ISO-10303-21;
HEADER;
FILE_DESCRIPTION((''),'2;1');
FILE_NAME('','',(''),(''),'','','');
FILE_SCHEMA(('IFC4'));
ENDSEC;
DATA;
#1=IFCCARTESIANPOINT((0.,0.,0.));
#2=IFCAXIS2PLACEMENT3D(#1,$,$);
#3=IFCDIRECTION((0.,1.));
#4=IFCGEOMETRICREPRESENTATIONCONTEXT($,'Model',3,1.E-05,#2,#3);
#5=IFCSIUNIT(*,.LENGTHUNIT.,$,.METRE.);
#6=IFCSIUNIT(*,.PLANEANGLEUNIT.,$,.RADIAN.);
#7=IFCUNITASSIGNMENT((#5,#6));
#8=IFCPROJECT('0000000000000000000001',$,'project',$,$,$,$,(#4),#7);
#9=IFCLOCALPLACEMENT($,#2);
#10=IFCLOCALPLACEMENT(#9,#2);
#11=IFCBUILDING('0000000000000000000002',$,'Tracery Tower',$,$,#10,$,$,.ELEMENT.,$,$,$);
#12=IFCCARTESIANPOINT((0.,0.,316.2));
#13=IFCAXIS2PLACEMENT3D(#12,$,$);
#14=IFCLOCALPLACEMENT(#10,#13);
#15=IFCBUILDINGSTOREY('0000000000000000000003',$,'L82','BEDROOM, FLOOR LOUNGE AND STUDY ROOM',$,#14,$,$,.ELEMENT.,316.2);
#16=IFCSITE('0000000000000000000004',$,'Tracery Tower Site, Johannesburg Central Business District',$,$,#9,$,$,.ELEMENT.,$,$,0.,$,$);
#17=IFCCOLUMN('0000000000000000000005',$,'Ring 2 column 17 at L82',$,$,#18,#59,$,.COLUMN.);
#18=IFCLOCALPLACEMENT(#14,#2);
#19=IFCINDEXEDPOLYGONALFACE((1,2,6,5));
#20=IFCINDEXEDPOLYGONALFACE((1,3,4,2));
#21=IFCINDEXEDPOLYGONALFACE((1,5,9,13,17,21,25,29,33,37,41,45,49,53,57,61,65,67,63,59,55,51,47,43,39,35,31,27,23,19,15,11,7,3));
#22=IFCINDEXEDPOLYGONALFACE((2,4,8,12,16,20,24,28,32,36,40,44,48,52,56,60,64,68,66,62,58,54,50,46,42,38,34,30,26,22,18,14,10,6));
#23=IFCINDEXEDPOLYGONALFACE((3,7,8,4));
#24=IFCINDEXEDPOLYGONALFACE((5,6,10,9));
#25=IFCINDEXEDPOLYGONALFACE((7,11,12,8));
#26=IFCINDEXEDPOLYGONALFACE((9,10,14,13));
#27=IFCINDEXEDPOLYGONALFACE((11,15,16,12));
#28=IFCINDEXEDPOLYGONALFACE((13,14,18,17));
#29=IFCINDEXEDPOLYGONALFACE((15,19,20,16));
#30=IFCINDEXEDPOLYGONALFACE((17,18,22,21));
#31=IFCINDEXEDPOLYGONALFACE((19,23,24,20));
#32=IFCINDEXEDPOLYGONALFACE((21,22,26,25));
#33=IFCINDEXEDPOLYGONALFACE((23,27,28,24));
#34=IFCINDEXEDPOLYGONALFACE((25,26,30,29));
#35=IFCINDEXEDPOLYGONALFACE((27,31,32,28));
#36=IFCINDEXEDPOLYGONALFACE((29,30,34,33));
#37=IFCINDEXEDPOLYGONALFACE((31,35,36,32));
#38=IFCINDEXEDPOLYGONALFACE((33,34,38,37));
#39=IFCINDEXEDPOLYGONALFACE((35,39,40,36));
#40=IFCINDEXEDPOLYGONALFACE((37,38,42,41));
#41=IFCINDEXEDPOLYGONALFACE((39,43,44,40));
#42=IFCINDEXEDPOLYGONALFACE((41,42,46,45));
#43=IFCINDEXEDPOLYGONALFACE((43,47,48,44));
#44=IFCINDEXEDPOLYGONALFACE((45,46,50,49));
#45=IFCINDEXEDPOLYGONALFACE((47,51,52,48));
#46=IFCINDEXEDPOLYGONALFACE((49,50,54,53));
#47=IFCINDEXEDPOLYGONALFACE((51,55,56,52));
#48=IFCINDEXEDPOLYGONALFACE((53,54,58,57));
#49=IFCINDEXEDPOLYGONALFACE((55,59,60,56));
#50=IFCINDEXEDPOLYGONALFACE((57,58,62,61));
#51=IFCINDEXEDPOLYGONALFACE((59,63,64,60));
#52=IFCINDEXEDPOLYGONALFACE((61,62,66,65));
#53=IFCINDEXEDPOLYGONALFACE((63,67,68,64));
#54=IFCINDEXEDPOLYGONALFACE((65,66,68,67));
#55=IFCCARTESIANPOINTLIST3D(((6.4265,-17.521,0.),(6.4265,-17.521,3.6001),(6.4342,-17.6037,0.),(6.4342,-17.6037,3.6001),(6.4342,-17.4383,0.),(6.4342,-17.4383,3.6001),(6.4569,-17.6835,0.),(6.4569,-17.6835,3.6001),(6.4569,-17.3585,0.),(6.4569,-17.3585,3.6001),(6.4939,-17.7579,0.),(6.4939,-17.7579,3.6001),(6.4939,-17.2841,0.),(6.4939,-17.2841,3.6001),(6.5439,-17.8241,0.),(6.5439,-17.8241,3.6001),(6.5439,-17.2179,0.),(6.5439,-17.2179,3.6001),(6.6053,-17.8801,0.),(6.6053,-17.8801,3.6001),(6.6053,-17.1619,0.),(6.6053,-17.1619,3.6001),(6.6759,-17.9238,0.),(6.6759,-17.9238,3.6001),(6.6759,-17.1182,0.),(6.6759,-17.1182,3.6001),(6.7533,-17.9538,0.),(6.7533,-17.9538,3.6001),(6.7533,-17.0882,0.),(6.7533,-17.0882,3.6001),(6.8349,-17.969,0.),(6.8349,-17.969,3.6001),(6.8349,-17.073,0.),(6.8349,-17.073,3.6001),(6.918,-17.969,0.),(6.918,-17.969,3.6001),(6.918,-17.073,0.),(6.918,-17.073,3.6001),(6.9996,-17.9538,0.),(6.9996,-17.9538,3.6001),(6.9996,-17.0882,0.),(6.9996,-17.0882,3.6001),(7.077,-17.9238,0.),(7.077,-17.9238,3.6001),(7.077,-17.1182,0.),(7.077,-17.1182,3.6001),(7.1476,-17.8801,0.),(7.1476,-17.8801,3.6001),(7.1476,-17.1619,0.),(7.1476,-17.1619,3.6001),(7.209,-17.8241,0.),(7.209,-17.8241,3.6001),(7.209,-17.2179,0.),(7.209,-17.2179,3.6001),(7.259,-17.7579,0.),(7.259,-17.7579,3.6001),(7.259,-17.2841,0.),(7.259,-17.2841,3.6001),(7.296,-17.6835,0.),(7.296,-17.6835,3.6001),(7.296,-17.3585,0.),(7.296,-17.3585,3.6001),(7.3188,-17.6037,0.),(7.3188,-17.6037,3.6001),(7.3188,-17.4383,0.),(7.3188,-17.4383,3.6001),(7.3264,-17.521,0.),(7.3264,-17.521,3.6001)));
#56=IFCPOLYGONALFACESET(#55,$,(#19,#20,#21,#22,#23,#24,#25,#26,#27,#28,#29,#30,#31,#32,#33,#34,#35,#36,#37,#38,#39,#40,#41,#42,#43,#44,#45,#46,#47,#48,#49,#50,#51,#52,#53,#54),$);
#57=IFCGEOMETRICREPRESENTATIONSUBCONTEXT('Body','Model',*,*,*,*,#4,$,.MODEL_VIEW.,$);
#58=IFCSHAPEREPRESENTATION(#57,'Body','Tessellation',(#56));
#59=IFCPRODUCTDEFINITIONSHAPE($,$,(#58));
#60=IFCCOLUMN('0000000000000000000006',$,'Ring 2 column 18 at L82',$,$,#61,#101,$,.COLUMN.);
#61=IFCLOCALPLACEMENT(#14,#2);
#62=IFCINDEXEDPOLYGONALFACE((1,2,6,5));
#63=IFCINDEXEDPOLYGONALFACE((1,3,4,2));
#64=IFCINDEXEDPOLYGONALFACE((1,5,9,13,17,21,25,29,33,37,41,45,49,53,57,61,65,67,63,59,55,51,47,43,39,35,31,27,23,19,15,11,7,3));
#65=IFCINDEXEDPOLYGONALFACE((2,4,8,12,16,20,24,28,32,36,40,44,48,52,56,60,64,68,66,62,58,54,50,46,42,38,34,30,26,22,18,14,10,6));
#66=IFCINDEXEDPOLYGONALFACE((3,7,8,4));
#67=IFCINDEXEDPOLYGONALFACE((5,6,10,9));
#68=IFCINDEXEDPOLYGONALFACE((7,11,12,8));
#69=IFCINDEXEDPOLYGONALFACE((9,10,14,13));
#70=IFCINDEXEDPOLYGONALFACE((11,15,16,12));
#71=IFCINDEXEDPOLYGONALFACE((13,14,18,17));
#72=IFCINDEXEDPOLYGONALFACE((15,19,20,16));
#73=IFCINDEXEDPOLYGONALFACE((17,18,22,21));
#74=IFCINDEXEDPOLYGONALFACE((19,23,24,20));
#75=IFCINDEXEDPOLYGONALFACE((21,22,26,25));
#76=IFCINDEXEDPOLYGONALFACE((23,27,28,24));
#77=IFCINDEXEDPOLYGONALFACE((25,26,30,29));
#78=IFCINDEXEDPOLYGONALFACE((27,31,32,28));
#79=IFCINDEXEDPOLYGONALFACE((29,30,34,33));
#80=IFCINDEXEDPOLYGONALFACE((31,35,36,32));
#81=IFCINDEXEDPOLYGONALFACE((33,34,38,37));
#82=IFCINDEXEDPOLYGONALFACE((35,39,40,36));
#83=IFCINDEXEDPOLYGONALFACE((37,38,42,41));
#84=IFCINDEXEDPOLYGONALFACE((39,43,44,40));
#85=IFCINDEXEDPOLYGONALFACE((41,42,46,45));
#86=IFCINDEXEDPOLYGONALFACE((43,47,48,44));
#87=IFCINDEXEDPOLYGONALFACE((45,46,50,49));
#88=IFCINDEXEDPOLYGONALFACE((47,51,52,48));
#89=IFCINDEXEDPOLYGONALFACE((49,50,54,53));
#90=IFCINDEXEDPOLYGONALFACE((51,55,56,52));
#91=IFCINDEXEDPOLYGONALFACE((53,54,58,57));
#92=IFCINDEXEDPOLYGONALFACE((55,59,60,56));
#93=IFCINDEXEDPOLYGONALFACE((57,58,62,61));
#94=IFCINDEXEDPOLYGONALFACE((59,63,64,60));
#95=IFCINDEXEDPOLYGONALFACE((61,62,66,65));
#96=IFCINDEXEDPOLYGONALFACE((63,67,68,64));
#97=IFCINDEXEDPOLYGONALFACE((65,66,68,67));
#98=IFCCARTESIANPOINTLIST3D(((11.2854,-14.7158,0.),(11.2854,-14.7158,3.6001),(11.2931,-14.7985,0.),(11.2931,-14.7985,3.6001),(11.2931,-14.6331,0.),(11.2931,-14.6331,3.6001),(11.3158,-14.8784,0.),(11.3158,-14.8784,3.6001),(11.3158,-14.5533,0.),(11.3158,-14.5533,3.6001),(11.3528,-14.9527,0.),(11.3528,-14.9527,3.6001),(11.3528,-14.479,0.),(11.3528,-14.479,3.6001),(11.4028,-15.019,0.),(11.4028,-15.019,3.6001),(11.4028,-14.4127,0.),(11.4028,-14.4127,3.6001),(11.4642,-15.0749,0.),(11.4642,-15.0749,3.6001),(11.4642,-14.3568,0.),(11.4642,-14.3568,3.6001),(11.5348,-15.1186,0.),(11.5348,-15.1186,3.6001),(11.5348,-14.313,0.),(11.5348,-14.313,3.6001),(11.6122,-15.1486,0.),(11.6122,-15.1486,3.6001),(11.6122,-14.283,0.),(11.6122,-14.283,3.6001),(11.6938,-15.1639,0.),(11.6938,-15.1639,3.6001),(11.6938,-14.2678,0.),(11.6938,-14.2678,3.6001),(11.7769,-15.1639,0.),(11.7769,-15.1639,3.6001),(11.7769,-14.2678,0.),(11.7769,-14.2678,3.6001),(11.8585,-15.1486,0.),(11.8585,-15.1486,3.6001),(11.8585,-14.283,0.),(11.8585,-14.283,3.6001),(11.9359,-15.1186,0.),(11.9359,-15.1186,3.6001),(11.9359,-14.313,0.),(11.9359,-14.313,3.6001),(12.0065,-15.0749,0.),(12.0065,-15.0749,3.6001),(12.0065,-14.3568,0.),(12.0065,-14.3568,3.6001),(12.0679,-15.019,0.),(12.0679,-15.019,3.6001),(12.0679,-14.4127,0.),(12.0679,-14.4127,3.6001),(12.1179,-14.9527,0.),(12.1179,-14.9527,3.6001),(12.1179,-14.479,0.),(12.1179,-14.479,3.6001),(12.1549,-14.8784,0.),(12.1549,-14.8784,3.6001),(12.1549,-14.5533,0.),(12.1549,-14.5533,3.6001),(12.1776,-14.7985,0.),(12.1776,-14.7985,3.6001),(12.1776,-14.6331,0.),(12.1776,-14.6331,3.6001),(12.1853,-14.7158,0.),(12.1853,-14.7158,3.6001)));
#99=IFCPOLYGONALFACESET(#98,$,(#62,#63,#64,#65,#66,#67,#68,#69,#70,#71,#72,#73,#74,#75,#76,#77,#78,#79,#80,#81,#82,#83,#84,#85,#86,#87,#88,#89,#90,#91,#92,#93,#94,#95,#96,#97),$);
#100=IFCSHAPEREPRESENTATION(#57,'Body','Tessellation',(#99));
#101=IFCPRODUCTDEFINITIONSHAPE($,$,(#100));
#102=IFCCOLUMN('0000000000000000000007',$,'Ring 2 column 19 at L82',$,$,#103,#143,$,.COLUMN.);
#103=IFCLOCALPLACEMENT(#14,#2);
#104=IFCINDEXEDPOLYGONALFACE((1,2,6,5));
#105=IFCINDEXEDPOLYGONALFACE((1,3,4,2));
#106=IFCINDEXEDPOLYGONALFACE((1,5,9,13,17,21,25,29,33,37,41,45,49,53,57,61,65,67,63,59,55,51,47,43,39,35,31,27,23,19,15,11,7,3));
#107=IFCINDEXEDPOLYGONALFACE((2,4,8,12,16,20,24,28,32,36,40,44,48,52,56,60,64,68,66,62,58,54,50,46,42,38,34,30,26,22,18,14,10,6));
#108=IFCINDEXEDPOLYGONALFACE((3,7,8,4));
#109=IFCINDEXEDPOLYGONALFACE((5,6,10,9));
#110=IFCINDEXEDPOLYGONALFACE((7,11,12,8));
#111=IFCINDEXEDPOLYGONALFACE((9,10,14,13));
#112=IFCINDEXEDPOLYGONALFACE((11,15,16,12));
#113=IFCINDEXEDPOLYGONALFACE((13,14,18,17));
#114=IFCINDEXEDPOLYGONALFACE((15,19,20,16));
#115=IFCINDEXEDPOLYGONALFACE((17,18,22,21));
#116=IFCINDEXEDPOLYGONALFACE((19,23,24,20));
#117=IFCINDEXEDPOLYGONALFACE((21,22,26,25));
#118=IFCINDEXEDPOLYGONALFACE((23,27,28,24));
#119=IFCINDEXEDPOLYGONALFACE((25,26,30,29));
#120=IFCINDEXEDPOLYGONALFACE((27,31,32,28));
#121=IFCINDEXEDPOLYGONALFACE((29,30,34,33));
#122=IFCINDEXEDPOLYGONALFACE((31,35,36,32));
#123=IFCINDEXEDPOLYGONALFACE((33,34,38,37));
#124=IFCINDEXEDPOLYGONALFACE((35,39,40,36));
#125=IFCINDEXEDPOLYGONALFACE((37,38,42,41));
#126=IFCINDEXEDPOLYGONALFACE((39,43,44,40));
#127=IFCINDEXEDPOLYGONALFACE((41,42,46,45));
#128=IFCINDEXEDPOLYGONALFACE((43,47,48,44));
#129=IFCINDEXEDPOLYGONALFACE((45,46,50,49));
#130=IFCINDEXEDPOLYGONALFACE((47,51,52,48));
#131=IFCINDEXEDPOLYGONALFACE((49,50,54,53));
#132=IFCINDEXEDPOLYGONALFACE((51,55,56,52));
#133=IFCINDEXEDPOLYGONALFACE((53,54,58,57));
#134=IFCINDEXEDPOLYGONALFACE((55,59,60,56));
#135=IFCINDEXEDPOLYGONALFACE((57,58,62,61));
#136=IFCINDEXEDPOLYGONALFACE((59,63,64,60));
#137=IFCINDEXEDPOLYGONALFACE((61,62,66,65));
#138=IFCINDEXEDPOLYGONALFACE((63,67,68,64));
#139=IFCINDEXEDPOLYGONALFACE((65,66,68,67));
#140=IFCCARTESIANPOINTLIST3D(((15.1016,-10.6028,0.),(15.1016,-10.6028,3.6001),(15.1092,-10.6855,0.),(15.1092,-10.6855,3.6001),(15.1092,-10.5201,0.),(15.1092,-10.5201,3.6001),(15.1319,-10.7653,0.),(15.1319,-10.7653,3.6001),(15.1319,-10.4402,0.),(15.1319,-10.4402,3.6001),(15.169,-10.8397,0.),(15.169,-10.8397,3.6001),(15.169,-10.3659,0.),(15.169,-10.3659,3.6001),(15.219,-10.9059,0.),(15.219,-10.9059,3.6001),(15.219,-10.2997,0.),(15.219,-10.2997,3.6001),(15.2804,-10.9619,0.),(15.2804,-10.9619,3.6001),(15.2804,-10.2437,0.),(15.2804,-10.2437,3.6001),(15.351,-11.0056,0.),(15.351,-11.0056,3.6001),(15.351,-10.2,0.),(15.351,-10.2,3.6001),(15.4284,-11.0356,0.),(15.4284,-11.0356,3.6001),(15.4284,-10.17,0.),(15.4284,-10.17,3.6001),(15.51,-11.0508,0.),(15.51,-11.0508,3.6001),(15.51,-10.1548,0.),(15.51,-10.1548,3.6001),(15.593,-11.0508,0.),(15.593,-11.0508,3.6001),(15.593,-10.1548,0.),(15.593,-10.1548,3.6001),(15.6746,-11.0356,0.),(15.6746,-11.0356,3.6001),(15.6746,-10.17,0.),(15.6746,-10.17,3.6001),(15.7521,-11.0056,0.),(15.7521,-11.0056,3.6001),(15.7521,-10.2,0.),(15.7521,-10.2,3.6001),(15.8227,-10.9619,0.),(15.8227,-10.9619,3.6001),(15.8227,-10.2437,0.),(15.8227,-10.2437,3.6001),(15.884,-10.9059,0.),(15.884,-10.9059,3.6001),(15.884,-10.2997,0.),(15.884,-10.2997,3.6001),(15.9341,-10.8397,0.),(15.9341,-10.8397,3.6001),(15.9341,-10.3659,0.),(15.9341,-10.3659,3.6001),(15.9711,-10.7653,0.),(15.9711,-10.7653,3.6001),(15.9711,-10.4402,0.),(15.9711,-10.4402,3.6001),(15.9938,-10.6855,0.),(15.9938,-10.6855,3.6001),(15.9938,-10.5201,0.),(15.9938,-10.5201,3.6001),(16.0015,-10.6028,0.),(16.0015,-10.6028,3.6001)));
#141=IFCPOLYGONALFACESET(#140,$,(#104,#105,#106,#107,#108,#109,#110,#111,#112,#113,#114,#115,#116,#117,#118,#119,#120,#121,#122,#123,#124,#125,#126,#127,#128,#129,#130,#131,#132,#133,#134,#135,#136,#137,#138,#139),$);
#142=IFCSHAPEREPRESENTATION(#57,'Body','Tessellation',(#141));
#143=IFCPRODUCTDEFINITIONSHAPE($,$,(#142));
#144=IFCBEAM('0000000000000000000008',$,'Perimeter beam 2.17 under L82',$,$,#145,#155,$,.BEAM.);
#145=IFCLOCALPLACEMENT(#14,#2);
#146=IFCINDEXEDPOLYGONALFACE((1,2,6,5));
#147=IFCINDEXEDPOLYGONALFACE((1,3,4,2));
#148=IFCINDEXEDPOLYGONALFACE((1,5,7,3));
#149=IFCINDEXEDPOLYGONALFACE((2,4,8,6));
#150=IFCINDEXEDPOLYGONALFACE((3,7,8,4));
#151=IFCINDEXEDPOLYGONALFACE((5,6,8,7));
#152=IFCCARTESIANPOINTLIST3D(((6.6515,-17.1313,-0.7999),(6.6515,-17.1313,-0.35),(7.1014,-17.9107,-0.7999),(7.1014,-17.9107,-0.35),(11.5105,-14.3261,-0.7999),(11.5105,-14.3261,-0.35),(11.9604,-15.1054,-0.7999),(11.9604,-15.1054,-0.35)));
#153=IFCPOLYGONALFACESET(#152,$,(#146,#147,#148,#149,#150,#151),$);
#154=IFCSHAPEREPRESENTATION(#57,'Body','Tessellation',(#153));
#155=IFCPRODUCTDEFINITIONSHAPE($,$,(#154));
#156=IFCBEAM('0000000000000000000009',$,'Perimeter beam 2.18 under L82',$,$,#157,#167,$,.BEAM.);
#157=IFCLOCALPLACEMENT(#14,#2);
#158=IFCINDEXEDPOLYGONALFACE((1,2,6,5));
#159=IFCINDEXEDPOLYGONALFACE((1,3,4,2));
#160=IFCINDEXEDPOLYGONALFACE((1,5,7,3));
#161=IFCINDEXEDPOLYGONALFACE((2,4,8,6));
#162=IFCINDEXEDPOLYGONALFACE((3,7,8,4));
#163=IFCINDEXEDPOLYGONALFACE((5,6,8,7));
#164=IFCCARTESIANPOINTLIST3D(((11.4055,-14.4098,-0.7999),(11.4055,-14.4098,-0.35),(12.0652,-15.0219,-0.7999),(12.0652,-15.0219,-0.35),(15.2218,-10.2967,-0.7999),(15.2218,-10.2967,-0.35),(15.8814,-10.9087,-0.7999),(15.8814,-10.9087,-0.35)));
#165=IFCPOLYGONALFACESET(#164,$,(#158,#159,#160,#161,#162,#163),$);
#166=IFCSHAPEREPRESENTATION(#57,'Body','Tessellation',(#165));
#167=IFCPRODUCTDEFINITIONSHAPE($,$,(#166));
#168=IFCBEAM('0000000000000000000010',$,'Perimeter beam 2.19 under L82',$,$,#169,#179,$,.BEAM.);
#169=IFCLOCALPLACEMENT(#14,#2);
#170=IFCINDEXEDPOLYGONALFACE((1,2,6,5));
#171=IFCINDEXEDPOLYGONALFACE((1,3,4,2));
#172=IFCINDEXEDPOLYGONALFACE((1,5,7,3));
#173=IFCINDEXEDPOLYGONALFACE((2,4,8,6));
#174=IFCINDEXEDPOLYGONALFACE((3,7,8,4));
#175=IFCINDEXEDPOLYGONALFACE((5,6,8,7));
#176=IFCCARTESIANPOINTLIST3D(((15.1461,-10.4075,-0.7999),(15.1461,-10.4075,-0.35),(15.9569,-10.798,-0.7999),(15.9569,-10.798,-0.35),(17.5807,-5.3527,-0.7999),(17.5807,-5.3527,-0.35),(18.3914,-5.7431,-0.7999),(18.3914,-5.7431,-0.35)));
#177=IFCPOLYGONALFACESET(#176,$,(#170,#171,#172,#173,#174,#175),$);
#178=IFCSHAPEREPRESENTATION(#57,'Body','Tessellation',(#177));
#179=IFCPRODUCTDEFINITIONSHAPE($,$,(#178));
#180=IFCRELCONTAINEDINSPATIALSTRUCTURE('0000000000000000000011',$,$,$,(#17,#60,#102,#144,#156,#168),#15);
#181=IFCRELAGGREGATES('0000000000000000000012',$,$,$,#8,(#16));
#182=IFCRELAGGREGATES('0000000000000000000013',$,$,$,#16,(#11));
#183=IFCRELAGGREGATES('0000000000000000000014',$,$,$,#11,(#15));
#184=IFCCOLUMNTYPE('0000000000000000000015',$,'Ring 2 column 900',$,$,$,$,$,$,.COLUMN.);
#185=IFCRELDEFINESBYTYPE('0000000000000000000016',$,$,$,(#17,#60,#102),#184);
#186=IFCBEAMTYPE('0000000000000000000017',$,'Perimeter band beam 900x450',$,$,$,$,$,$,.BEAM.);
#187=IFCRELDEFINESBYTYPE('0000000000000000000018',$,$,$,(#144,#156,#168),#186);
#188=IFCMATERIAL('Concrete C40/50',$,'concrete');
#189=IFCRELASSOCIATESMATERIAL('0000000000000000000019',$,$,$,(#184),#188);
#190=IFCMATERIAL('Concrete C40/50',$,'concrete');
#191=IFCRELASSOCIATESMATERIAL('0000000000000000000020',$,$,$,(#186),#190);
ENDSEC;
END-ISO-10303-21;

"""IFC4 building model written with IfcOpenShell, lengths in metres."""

from ifc_helpers import new_model, si_unit, direction, frame, origin, origin_2d, place, context, subcontext, project, spatial, rectangle, circle, extrude, material, material_profile, profile_set, type_object, element, save


model = new_model("IFC4")

# Units and contexts
model_context = context("Model", 3, precision=1e-05, world=origin(), true_north=direction((0.0, 1.0)))
body_context = subcontext(model_context, "Body", "Model", "MODEL_VIEW")
ifc_project = project(units=[si_unit("LENGTHUNIT", "METRE"), si_unit("PLANEANGLEUNIT", "RADIAN")], contexts=[model_context])

# Site, building, storey
site_placement = place(None, origin())
site = spatial("IfcSite", under=ifc_project, at=site_placement, Name="Tracery Tower Site, Johannesburg Central Business District", CompositionType="ELEMENT", RefElevation=0.0)
building_placement = place(site_placement, origin())
building = spatial("IfcBuilding", under=site, at=building_placement, Name="Tracery Tower", CompositionType="ELEMENT")
storey_placement = place(building_placement, frame((0.0, 0.0, 316.2)))
storey = spatial("IfcBuildingStorey", under=building, at=storey_placement, Name="L82", Description="BEDROOM, FLOOR LOUNGE AND STUDY ROOM", CompositionType="ELEMENT", Elevation=316.2)

# Columns
ifc_material_1 = material(Name="Concrete C40/50", Category="concrete")
ifc_material_profile_1 = material_profile(ifc_material_1, circle(Radius=0.45, at=origin_2d()), Name="RC D900")
ifc_profile_set_1 = profile_set([ifc_material_profile_1], Name="Concrete C40/50")
column_type = type_object("IfcColumnType", Name="Ring 2 column 900", PredefinedType="COLUMN", material=ifc_profile_set_1)
for number, where, z_axis, x_axis, name in (
    (1, (6.8765, -17.521, 0.0), (0.0, 0.0, 1.0), (1.0, 0.0, 0.0), "Ring 2 column 17 at L82"),
    (2, (11.7354, -14.7158, 0.0), (0.0, 0.0, 1.0), (1.0, 0.0, 0.0), "Ring 2 column 18 at L82"),
    (3, (15.5515, -10.6028, 0.0), (0.0, 0.0, 1.0), (1.0, 0.0, 0.0), "Ring 2 column 19 at L82"),
):
    element("IfcColumn", number, at=place(storey_placement, frame(where, z_axis=z_axis, x_axis=x_axis)), inside=storey, type_object=column_type, Name=name, PredefinedType="COLUMN", context=body_context, shape_type="SweptSolid", body=[
        extrude(circle(Radius=0.45, at=origin_2d()), origin(), (0.0, 0.0, 1.0), 3.6001),
    ])

# Beams
ifc_material_2 = material(Name="Concrete C40/50", Category="concrete")
ifc_material_profile_2 = material_profile(ifc_material_2, rectangle(XDim=0.8999, YDim=0.45, at=origin_2d()), Name="RC 900x450")
ifc_profile_set_2 = profile_set([ifc_material_profile_2], Name="Concrete C40/50")
beam_type = type_object("IfcBeamType", Name="Perimeter band beam 900x450", PredefinedType="BEAM", material=ifc_profile_set_2)
beam_1_placement = place(storey_placement, frame((6.8765, -17.521, -0.575), z_axis=(0.866033, 0.499986, 0.0), x_axis=(-0.499986, 0.866033, 0.0)))
element("IfcBeam", 4, at=beam_1_placement, inside=storey, type_object=beam_type, Name="Perimeter beam 2.17 under L82", PredefinedType="BEAM", context=body_context, shape_type="SweptSolid", body=[
    extrude(rectangle(XDim=0.8999, YDim=0.45, at=origin_2d()), origin(), (0.0, 0.0, 1.0), 5.6106),
])
beam_2_placement = place(storey_placement, frame((11.7354, -14.7158, -0.575), z_axis=(0.680156, 0.733068, 0.0), x_axis=(-0.733068, 0.680156, 0.0)))
element("IfcBeam", 5, at=beam_2_placement, inside=storey, type_object=beam_type, Name="Perimeter beam 2.18 under L82", PredefinedType="BEAM", context=body_context, shape_type="SweptSolid", body=[
    extrude(rectangle(XDim=0.8999, YDim=0.45, at=origin_2d()), origin(), (0.0, 0.0, 1.0), 5.6108),
])
beam_3_placement = place(storey_placement, frame((15.5515, -10.6028, -0.575), z_axis=(0.433919, 0.900952, 0.0), x_axis=(-0.900952, 0.433919, 0.0)))
element("IfcBeam", 6, at=beam_3_placement, inside=storey, type_object=beam_type, Name="Perimeter beam 2.19 under L82", PredefinedType="BEAM", context=body_context, shape_type="SweptSolid", body=[
    extrude(rectangle(XDim=0.8999, YDim=0.45, at=origin_2d()), origin(), (0.0, 0.0, 1.0), 5.6106),
])

save(model, "model.ifc")
